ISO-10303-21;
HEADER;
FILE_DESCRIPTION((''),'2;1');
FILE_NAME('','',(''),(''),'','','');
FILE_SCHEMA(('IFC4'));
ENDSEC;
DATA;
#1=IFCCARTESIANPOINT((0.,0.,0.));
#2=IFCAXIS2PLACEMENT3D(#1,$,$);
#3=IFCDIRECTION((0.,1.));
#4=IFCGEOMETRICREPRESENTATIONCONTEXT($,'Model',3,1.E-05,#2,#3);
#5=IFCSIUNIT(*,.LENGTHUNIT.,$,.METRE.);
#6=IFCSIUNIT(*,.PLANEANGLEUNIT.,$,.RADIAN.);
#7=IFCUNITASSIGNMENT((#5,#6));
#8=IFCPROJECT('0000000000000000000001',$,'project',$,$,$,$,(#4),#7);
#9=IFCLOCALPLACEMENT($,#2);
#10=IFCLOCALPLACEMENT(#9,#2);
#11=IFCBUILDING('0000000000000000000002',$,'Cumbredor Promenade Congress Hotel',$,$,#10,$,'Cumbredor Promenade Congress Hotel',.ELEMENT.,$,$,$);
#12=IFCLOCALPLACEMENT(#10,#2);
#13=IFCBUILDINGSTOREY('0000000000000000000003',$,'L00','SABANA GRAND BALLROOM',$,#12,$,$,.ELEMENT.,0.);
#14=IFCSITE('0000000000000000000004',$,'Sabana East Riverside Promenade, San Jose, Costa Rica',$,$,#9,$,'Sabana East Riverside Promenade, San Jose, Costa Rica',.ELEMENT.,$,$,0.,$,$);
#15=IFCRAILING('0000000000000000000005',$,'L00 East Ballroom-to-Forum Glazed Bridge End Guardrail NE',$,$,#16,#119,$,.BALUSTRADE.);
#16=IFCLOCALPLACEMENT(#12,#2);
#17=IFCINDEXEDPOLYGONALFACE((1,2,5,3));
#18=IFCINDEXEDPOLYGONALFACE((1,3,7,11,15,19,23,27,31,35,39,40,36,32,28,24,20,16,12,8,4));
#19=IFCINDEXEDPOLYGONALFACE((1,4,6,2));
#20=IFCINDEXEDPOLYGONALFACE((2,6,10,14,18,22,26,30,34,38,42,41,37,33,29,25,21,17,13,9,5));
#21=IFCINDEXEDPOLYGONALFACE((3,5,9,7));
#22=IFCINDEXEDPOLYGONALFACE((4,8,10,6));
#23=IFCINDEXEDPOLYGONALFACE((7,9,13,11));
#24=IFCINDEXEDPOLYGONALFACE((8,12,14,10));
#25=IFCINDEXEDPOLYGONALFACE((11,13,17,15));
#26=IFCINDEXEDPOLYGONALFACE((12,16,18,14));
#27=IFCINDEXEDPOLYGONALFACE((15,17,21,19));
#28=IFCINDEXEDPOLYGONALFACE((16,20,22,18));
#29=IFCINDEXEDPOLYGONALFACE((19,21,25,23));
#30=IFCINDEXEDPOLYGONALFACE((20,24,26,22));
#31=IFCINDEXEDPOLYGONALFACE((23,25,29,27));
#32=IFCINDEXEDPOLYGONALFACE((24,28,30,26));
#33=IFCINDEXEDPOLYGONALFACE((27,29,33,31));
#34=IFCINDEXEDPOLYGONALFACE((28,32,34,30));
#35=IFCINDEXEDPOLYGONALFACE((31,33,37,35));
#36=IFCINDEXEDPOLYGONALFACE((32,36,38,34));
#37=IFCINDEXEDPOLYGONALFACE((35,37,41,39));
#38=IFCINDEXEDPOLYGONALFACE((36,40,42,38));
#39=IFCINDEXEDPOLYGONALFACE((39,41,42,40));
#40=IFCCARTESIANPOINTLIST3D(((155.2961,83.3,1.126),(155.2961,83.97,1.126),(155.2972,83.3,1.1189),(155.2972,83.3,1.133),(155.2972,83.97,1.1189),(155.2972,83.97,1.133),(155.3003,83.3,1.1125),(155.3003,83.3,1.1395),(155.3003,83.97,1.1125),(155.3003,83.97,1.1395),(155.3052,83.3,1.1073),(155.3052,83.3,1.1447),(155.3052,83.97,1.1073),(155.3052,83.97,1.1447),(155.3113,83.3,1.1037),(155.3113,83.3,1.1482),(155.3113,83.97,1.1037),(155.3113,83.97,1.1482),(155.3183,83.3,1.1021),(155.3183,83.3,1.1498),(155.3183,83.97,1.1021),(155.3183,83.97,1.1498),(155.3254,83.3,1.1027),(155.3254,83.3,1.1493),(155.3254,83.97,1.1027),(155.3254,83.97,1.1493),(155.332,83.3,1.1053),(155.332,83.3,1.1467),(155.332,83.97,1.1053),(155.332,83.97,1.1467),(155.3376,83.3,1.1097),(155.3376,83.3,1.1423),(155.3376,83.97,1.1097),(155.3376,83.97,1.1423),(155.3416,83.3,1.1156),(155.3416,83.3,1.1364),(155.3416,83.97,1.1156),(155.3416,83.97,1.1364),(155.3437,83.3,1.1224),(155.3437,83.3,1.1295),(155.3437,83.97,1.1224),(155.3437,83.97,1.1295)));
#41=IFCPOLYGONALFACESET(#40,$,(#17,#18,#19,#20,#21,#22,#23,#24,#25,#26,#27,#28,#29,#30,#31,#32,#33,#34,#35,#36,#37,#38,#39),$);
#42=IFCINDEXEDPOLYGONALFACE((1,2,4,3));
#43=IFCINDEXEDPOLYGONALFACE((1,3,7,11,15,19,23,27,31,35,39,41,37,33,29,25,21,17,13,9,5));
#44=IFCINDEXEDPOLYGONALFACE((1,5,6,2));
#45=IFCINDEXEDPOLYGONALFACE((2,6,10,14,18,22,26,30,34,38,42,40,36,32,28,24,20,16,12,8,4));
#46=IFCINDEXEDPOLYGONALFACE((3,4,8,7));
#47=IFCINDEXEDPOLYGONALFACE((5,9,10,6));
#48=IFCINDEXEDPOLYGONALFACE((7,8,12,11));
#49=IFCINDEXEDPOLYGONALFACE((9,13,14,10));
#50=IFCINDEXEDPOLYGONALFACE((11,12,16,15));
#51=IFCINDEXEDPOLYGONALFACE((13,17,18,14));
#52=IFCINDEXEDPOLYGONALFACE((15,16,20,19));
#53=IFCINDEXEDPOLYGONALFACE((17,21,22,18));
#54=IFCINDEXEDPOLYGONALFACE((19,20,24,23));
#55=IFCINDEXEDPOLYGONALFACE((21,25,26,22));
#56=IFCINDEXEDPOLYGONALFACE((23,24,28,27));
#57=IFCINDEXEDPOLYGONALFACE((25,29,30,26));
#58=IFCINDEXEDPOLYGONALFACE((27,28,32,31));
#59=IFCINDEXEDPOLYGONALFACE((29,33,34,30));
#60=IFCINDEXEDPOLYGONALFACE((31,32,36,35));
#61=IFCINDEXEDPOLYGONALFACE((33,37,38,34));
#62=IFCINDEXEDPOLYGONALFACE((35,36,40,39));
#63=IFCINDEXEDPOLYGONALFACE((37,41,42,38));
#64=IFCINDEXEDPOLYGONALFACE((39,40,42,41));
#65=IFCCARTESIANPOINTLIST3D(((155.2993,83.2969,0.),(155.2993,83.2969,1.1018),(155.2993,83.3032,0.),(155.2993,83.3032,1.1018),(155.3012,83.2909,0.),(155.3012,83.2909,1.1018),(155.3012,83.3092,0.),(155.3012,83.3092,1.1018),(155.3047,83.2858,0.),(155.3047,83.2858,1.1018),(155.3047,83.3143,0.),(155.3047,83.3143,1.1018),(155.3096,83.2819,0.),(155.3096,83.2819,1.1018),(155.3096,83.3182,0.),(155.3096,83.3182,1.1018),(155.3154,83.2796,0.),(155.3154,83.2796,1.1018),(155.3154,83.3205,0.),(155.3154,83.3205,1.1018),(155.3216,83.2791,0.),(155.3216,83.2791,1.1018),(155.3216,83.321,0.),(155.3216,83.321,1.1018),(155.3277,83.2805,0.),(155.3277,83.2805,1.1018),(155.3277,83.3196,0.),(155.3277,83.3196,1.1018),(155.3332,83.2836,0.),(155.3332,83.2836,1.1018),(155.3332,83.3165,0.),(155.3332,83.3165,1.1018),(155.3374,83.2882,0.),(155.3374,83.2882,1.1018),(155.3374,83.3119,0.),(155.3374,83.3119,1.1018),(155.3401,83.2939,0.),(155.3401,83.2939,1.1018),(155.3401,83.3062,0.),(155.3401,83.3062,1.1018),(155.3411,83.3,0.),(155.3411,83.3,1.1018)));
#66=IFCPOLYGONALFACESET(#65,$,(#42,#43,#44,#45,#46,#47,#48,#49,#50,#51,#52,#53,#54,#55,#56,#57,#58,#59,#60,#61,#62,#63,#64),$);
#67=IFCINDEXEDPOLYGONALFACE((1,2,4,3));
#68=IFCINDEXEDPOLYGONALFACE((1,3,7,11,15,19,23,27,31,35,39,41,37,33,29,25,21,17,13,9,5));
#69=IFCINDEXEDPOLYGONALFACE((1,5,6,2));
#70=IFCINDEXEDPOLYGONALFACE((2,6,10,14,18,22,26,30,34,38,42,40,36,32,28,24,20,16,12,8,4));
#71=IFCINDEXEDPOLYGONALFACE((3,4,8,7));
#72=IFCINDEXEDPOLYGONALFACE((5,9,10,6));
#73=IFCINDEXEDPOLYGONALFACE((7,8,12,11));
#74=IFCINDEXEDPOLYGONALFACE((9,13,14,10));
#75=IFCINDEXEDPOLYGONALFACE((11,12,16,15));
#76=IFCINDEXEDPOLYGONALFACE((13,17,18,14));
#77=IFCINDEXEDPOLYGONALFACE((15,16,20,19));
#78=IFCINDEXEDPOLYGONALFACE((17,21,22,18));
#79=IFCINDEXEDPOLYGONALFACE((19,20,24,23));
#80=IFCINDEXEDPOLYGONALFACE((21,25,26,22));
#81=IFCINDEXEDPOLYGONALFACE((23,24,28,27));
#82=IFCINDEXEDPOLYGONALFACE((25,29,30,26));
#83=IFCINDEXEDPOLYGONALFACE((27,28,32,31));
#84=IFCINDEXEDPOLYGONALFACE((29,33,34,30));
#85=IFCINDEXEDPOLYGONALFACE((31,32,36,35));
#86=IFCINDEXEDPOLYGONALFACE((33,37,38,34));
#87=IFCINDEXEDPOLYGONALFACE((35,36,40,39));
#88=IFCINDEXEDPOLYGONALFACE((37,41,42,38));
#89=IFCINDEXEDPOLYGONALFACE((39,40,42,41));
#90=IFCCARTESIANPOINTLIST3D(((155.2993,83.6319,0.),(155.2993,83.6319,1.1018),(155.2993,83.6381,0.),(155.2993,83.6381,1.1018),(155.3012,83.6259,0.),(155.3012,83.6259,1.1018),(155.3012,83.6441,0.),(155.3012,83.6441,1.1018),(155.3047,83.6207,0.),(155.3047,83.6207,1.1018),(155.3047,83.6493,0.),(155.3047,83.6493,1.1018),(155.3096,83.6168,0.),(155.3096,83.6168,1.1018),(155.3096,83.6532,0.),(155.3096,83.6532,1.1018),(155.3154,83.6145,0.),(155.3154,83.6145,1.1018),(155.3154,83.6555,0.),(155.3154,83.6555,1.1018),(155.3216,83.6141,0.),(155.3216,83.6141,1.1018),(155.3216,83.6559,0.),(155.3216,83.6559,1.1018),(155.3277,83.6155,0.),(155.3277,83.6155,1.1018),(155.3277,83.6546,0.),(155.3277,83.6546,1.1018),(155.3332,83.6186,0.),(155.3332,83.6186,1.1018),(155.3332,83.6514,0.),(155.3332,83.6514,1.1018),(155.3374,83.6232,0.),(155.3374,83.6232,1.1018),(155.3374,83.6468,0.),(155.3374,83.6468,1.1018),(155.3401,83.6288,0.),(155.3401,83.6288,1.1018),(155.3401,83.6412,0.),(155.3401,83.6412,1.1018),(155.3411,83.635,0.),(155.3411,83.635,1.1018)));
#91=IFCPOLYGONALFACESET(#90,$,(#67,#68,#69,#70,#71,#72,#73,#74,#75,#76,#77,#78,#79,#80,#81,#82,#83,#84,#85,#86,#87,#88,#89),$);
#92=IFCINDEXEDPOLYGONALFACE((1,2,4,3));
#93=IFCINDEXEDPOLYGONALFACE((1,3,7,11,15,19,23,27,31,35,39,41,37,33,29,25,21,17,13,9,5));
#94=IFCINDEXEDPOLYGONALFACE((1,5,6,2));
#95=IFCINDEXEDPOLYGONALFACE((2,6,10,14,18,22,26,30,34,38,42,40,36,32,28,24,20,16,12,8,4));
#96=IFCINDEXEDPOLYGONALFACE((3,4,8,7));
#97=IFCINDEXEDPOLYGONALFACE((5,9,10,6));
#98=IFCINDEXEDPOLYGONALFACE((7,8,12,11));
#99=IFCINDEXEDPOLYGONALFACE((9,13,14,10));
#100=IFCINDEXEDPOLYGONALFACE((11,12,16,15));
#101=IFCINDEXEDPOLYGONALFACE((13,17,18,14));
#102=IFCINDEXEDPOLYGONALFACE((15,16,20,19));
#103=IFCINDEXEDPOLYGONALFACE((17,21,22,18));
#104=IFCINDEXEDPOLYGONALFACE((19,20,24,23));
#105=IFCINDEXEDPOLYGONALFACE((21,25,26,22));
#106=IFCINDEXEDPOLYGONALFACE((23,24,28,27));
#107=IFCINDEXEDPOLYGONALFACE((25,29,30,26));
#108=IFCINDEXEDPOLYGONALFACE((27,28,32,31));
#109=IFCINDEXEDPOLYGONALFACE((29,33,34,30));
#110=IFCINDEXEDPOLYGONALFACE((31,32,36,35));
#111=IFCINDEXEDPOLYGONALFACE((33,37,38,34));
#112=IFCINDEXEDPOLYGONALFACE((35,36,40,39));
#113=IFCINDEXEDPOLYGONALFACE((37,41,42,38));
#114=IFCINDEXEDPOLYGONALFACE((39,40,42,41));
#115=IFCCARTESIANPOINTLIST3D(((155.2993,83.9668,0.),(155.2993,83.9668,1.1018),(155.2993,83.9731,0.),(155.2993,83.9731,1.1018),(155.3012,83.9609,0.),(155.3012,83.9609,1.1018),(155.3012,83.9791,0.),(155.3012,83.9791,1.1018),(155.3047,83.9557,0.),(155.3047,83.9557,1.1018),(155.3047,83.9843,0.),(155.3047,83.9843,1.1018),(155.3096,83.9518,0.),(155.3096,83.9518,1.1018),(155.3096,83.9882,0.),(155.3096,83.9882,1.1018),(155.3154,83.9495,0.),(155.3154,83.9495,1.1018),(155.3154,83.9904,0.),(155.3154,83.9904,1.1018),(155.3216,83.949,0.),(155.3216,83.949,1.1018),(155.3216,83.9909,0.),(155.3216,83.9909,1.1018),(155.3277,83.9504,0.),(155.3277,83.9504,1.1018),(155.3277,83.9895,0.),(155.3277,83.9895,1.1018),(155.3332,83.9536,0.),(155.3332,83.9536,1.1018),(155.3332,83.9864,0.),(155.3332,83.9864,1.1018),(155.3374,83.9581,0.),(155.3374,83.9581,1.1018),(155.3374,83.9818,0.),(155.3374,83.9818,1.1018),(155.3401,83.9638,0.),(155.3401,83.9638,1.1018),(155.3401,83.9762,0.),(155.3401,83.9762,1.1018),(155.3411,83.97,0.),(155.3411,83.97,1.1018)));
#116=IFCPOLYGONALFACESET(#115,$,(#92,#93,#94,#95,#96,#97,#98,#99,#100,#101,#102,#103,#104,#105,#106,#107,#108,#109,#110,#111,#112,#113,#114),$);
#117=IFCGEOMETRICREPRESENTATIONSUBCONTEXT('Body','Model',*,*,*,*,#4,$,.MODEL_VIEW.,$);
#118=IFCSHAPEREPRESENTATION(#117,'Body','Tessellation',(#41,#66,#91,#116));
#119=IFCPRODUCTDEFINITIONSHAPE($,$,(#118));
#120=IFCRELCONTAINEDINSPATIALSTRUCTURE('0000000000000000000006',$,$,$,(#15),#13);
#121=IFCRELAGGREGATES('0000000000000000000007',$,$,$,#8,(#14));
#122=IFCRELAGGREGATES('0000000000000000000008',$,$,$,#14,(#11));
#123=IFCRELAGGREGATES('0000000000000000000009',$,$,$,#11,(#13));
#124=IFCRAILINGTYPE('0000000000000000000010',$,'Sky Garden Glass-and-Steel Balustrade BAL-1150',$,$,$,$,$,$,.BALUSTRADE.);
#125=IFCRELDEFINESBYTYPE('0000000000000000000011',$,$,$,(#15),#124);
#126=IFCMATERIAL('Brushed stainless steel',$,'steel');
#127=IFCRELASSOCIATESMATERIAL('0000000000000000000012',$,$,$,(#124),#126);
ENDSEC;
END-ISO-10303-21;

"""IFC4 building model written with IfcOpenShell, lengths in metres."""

from ifc_helpers import new_model, si_unit, direction, frame, origin, origin_2d, place, context, subcontext, project, spatial, circle, extrude, material, type_object, element, save


model = new_model("IFC4")

# Units and contexts
model_context = context("Model", 3, precision=1e-05, world=origin(), true_north=direction((0.0, 1.0)))
body_context = subcontext(model_context, "Body", "Model", "MODEL_VIEW")
ifc_project = project(units=[si_unit("LENGTHUNIT", "METRE"), si_unit("PLANEANGLEUNIT", "RADIAN")], contexts=[model_context])

# Site, building, storey
site_placement = place(None, origin())
site = spatial("IfcSite", under=ifc_project, at=site_placement, Name="Sabana East Riverside Promenade, San Jose, Costa Rica", LongName="Sabana East Riverside Promenade, San Jose, Costa Rica", CompositionType="ELEMENT", RefElevation=0.0)
building_placement = place(site_placement, origin())
building = spatial("IfcBuilding", under=site, at=building_placement, Name="Cumbredor Promenade Congress Hotel", LongName="Cumbredor Promenade Congress Hotel", CompositionType="ELEMENT")
storey_placement = place(building_placement, origin())
storey = spatial("IfcBuildingStorey", under=building, at=storey_placement, Name="L00", Description="SABANA GRAND BALLROOM", CompositionType="ELEMENT", Elevation=0.0)

# Railing
ifc_material_1 = material(Name="Brushed stainless steel", Category="steel")
railing_type = type_object("IfcRailingType", Name="Sky Garden Glass-and-Steel Balustrade BAL-1150", PredefinedType="BALUSTRADE", material=ifc_material_1)
railing_placement = place(storey_placement, frame((155.3201, 83.3, 0.0)))
element("IfcRailing", 1, at=railing_placement, inside=storey, type_object=railing_type, Name="L00 East Ballroom-to-Forum Glazed Bridge End Guardrail NE", PredefinedType="BALUSTRADE", context=body_context, shape_type="SweptSolid", body=[
    extrude(circle(Radius=0.0239, at=origin_2d()), frame((0.0, 0.0, 1.126), z_axis=(0.0, 1.0, 0.0), x_axis=(-1.0, 0.0, 0.0)), (0.0, 0.0, 1.0), 0.6699),
    extrude(circle(Radius=0.021, at=origin_2d()), origin(), (0.0, 0.0, 1.0), 1.1018),
    extrude(circle(Radius=0.021, at=origin_2d()), frame((0.0, 0.335, 0.0)), (0.0, 0.0, 1.0), 1.1018),
    extrude(circle(Radius=0.021, at=origin_2d()), frame((0.0, 0.6699, 0.0)), (0.0, 0.0, 1.0), 1.1018),
])

save(model, "model.ifc")
